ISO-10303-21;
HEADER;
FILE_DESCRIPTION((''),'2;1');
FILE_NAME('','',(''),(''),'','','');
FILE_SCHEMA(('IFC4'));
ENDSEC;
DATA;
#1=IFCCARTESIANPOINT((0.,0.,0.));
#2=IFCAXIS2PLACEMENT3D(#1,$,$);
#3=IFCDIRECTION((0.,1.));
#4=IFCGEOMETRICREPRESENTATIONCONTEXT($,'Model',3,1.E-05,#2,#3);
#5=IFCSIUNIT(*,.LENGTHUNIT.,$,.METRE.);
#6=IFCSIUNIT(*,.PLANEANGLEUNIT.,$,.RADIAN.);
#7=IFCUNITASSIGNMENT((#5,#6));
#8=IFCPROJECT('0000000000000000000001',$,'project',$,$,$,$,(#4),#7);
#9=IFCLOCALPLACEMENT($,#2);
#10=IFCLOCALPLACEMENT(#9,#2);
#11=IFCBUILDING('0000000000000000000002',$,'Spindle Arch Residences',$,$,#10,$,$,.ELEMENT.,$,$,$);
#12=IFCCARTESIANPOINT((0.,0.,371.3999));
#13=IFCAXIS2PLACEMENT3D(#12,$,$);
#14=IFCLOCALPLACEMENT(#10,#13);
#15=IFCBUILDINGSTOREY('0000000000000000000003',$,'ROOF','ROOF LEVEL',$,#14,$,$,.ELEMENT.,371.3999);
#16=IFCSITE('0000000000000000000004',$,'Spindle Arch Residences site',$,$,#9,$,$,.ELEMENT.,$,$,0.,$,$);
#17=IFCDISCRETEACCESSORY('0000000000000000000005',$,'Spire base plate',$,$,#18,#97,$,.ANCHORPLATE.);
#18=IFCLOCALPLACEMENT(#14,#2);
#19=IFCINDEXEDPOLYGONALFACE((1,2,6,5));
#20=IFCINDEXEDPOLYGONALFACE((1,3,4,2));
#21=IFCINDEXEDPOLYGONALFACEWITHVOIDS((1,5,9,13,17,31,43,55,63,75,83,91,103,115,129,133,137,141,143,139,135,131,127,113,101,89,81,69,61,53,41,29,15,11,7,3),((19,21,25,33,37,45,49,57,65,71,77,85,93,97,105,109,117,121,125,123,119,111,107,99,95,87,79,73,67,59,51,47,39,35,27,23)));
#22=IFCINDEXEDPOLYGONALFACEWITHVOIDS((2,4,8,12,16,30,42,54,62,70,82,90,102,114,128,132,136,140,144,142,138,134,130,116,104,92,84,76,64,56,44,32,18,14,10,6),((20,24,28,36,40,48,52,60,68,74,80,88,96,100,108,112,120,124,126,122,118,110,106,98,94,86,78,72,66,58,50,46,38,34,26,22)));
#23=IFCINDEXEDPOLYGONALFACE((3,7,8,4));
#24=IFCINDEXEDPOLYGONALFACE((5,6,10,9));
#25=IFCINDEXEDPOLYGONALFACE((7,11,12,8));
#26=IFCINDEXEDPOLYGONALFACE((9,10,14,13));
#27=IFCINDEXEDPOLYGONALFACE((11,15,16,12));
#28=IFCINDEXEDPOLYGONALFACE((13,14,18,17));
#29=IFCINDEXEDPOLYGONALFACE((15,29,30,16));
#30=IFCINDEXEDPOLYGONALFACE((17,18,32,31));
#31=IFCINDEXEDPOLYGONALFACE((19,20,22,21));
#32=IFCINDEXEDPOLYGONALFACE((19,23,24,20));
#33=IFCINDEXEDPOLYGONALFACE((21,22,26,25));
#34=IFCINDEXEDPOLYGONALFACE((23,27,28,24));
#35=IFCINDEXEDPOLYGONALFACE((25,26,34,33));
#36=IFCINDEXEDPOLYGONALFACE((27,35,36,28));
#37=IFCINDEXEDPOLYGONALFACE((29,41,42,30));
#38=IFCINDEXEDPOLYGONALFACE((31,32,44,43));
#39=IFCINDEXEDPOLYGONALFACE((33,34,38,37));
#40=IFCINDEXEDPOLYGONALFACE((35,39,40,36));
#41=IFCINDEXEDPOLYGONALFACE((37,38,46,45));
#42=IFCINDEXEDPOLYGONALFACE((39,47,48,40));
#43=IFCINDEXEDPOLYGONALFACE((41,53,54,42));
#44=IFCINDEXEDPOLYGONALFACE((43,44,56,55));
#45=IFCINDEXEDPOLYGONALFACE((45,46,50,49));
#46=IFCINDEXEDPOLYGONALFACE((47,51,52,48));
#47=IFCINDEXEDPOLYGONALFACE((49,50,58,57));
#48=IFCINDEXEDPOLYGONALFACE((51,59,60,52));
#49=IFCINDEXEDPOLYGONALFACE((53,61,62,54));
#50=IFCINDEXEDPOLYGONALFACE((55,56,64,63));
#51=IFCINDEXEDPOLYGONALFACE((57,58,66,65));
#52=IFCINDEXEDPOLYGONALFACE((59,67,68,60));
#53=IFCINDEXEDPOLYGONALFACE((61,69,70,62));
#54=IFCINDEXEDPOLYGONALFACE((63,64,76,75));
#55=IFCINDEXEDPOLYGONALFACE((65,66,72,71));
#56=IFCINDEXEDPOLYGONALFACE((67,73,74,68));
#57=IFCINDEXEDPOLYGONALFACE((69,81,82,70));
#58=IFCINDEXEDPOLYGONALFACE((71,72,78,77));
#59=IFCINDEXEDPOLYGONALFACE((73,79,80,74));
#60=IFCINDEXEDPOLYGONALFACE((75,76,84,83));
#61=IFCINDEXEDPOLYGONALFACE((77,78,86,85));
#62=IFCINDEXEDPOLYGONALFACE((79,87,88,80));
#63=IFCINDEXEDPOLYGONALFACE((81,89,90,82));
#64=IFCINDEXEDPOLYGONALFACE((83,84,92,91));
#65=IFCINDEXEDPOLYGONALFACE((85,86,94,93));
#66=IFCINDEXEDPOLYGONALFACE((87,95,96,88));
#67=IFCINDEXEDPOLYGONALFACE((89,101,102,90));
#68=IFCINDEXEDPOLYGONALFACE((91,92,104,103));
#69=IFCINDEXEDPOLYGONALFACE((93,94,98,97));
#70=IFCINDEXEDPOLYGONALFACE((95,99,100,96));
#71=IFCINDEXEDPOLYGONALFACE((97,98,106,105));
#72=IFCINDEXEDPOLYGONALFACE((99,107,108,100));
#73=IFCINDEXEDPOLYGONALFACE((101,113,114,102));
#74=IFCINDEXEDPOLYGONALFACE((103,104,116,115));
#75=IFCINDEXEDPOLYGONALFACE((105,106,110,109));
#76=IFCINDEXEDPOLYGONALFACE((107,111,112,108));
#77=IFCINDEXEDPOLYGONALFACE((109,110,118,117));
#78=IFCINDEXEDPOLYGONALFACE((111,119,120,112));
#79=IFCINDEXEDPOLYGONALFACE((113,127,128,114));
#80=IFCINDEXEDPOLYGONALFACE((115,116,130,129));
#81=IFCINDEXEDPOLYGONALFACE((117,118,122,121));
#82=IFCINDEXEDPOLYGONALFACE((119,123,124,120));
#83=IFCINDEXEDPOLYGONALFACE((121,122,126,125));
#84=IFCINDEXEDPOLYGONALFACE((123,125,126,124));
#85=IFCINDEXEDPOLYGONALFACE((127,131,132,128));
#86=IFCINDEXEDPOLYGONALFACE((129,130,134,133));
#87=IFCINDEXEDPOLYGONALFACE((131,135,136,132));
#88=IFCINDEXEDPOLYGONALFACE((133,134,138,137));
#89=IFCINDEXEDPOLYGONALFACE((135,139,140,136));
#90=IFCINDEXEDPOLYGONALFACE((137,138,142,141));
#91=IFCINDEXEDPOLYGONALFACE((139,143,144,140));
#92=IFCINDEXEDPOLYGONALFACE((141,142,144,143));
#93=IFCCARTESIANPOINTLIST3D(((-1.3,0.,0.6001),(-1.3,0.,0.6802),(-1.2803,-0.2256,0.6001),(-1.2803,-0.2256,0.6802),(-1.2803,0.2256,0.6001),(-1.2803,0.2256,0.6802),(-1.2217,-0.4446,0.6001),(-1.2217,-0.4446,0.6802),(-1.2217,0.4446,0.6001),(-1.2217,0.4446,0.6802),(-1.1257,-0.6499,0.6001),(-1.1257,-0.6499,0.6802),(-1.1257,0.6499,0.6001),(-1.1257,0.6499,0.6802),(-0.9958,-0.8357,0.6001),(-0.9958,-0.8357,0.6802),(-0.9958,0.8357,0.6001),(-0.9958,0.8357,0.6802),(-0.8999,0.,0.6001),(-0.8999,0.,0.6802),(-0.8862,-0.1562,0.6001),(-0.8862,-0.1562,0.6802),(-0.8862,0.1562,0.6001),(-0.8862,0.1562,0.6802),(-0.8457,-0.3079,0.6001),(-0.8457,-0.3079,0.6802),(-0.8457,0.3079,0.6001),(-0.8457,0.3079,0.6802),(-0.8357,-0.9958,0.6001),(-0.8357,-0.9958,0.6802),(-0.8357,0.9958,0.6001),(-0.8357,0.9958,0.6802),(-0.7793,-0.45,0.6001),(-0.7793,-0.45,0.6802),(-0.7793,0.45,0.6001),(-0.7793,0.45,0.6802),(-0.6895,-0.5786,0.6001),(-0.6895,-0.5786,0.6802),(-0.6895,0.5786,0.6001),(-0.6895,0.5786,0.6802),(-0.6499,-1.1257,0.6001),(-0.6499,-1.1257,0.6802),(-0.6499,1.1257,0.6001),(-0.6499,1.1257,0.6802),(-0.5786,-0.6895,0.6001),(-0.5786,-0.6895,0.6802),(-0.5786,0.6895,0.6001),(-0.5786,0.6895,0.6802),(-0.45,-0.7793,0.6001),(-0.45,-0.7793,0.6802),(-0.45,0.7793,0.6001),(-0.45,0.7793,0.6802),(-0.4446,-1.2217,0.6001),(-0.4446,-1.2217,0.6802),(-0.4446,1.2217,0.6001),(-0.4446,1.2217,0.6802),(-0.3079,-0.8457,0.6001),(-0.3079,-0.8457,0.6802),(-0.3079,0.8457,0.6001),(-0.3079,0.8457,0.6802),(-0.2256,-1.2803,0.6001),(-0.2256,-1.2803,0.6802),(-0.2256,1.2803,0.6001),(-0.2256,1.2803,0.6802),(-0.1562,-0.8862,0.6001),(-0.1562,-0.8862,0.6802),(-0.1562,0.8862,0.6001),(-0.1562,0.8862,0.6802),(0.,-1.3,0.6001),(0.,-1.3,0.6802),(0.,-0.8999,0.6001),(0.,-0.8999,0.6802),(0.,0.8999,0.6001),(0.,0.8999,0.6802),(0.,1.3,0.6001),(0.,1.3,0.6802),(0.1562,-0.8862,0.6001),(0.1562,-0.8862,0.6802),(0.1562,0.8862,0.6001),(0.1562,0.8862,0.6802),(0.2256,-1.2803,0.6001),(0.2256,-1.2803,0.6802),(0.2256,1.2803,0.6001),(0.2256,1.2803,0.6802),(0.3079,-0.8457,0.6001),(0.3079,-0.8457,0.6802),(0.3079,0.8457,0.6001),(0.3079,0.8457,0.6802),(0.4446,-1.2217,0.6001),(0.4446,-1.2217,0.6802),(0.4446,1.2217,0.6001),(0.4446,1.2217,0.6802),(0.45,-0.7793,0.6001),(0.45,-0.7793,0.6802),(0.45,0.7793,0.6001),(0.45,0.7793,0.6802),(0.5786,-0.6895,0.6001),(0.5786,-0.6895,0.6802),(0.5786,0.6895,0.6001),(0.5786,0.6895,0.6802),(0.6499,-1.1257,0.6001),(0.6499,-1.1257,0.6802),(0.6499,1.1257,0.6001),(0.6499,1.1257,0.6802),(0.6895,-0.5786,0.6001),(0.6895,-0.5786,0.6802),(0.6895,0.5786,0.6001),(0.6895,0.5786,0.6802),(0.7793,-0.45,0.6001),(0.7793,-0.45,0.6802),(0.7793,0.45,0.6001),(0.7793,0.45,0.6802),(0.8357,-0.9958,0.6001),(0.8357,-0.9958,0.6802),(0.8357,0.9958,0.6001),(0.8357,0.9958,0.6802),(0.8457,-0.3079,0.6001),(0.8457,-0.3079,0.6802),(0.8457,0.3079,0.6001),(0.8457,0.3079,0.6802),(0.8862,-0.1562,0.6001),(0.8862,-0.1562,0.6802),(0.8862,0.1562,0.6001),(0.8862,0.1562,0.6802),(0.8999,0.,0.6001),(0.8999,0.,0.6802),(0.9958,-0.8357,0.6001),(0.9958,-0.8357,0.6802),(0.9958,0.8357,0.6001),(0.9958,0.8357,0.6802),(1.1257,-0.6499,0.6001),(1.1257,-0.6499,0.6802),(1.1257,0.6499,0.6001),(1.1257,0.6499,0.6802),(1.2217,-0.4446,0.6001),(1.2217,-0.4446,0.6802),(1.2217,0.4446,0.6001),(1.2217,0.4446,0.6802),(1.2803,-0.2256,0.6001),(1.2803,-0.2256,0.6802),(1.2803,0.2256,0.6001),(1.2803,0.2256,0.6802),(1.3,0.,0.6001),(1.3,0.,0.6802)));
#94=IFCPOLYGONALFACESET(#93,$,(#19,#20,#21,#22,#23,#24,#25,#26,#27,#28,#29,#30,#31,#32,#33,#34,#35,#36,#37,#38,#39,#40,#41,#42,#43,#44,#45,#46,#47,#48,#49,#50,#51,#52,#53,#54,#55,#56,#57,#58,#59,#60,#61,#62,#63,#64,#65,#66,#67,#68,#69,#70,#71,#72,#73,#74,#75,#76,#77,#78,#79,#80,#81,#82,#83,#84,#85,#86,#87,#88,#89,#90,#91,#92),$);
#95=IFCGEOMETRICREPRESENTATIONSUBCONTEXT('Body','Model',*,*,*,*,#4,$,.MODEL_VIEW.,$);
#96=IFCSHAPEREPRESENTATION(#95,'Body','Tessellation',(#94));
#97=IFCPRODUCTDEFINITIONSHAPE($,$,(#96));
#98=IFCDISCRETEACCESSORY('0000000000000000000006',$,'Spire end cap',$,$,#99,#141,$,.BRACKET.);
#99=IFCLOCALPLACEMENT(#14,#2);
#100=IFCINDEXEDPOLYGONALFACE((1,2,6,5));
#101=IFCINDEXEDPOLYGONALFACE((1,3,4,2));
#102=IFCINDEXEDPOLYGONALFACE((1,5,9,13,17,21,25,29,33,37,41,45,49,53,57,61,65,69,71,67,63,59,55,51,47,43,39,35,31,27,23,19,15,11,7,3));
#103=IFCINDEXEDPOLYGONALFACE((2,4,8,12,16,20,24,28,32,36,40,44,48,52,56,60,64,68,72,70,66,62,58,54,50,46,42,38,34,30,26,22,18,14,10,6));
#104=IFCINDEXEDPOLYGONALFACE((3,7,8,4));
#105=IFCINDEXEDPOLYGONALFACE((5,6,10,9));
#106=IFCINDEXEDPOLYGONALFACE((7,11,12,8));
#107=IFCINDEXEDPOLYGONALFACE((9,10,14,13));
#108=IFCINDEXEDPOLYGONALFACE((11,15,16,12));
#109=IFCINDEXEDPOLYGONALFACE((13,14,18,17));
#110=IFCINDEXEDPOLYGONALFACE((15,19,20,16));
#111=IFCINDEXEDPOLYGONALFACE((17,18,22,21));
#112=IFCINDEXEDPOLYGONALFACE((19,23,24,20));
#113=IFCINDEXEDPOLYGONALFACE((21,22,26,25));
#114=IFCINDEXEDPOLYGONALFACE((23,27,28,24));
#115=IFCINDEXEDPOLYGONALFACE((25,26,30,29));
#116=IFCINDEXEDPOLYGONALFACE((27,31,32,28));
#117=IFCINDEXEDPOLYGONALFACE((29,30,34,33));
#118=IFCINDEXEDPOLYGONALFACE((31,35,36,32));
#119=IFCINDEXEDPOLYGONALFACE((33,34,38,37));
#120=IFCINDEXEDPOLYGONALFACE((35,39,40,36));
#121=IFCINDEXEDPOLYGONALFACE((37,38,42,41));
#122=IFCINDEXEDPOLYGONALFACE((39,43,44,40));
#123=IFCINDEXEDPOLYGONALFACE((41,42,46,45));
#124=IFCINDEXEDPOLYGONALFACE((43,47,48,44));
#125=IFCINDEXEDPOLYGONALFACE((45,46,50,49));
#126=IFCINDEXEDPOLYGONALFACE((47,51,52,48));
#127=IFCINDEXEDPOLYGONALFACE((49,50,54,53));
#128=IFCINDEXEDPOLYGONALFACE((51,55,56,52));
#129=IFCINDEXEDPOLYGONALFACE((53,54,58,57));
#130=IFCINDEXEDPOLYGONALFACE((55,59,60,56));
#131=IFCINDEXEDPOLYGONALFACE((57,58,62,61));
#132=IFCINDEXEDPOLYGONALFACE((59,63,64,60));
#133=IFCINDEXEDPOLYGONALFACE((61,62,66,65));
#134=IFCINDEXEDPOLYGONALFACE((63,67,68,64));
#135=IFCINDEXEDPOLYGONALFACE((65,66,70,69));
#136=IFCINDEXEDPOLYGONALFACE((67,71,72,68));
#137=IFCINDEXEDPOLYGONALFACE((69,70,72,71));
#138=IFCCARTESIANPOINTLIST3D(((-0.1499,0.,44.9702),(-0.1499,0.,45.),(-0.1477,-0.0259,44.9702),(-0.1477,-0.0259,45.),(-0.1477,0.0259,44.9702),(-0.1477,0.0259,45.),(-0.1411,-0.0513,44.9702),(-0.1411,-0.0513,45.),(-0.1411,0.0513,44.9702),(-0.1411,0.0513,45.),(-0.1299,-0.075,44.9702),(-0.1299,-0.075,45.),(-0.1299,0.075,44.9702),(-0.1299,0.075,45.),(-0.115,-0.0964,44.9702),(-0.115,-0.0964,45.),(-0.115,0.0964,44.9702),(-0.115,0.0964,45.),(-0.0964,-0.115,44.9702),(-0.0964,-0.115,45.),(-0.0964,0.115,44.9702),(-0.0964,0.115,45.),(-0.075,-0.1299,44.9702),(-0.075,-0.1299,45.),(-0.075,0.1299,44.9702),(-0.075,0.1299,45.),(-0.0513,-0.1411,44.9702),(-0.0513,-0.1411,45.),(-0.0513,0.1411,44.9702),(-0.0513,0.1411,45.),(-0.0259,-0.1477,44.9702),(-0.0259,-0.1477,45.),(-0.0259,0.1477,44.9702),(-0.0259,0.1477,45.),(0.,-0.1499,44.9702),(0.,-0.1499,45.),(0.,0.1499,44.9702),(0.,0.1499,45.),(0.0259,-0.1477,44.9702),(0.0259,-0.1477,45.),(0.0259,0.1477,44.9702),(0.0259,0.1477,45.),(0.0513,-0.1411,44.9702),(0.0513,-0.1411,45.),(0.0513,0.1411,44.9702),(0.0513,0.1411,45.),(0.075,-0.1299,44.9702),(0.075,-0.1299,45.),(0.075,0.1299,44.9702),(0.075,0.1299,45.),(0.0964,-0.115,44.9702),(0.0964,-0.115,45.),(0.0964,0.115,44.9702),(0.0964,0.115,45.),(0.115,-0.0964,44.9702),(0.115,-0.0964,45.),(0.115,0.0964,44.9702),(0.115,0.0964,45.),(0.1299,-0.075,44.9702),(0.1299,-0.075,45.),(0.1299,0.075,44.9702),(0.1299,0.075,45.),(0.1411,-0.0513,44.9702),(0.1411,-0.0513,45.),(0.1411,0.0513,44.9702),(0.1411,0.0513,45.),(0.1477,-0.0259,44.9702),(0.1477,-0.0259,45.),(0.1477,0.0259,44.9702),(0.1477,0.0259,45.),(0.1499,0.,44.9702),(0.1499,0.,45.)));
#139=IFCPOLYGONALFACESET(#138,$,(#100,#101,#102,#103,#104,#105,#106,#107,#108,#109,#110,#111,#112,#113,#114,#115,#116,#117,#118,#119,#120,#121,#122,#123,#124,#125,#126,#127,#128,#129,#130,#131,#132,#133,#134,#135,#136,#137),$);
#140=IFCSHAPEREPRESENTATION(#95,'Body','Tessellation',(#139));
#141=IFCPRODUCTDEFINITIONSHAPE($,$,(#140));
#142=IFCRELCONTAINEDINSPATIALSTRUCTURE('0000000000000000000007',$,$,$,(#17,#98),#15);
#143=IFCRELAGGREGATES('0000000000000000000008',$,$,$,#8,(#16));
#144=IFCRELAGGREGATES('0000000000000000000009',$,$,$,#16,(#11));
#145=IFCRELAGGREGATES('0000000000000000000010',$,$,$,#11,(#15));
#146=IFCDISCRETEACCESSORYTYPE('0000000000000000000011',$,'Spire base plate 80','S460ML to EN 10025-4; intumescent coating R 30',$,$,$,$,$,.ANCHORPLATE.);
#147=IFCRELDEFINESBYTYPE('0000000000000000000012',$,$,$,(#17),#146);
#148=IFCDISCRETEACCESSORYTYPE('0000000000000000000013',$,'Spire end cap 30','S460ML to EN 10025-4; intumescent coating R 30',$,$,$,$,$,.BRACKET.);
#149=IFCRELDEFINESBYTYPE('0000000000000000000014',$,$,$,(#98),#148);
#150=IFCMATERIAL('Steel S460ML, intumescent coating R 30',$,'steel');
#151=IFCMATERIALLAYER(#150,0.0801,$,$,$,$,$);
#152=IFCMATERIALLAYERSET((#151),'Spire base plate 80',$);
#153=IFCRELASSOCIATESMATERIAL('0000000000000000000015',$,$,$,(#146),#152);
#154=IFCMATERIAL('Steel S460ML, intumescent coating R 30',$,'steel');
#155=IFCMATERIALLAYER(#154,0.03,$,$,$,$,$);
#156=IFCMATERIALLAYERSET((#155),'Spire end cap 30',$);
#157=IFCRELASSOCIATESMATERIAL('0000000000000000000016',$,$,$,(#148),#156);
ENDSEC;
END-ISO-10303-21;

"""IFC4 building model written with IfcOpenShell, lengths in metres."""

from ifc_helpers import new_model, si_unit, direction, frame, origin, place, context, subcontext, project, spatial, polyline, outline, extrude, material, layer, layer_set, type_object, element, save


model = new_model("IFC4")

# Units and contexts
model_context = context("Model", 3, precision=1e-05, world=origin(), true_north=direction((0.0, 1.0)))
body_context = subcontext(model_context, "Body", "Model", "MODEL_VIEW")
ifc_project = project(units=[si_unit("LENGTHUNIT", "METRE"), si_unit("PLANEANGLEUNIT", "RADIAN")], contexts=[model_context])

# Site, building, storey
site_placement = place(None, origin())
site = spatial("IfcSite", under=ifc_project, at=site_placement, Name="Spindle Arch Residences site", CompositionType="ELEMENT", RefElevation=0.0)
building_placement = place(site_placement, origin())
building = spatial("IfcBuilding", under=site, at=building_placement, Name="Spindle Arch Residences", CompositionType="ELEMENT")
storey_placement = place(building_placement, frame((0.0, 0.0, 371.3999)))
storey = spatial("IfcBuildingStorey", under=building, at=storey_placement, Name="ROOF", Description="ROOF LEVEL", CompositionType="ELEMENT", Elevation=371.3999)

# Discrete accessories
ifc_material_1 = material(Name="Steel S460ML, intumescent coating R 30", Category="steel")
ifc_layer_1 = layer(ifc_material_1, 0.0801)
ifc_layer_set_1 = layer_set([ifc_layer_1], Name="Spire base plate 80")
discrete_accessory_type_1 = type_object("IfcDiscreteAccessoryType", Name="Spire base plate 80", Description="S460ML to EN 10025-4; intumescent coating R 30", PredefinedType="ANCHORPLATE", material=ifc_layer_set_1)
discrete_accessory_1_placement = place(storey_placement, frame((0.0, 0.0, 0.6001)))
element("IfcDiscreteAccessory", 1, at=discrete_accessory_1_placement, inside=storey, type_object=discrete_accessory_type_1, Name="Spire base plate", PredefinedType="ANCHORPLATE", context=body_context, shape_type="SweptSolid", body=[
    extrude(outline(polyline([(1.2803, -0.2256), (1.2217, -0.4446), (1.1257, -0.6499), (0.9958, -0.8357), (0.8357, -0.9958), (0.6499, -1.1257), (0.4446, -1.2217), (0.2256, -1.2803), (0.0, -1.3), (-0.2256, -1.2803), (-0.4446, -1.2217), (-0.6499, -1.1257), (-0.8357, -0.9958), (-0.9958, -0.8357), (-1.1257, -0.6499), (-1.2217, -0.4446), (-1.2803, -0.2256), (-1.3, 0.0), (-1.2803, 0.2256), (-1.2217, 0.4446), (-1.1257, 0.6499), (-0.9958, 0.8357), (-0.8357, 0.9958), (-0.6499, 1.1257), (-0.4446, 1.2217), (-0.2256, 1.2803), (0.0, 1.3), (0.2256, 1.2803), (0.4446, 1.2217), (0.6499, 1.1257), (0.8357, 0.9958), (0.9958, 0.8357), (1.1257, 0.6499), (1.2217, 0.4446), (1.2803, 0.2256), (1.3, 0.0), (1.2803, -0.2256)]), holes=[polyline([(0.8862, 0.1562), (0.8457, 0.3079), (0.7793, 0.45), (0.6895, 0.5786), (0.5786, 0.6895), (0.45, 0.7793), (0.3079, 0.8457), (0.1562, 0.8862), (0.0, 0.8999), (-0.1562, 0.8862), (-0.3079, 0.8457), (-0.45, 0.7793), (-0.5786, 0.6895), (-0.6895, 0.5786), (-0.7793, 0.45), (-0.8457, 0.3079), (-0.8862, 0.1562), (-0.8999, 0.0), (-0.8862, -0.1562), (-0.8457, -0.3079), (-0.7793, -0.45), (-0.6895, -0.5786), (-0.5786, -0.6895), (-0.45, -0.7793), (-0.3079, -0.8457), (-0.1562, -0.8862), (0.0, -0.8999), (0.1562, -0.8862), (0.3079, -0.8457), (0.45, -0.7793), (0.5786, -0.6895), (0.6895, -0.5786), (0.7793, -0.45), (0.8457, -0.3079), (0.8862, -0.1562), (0.8999, 0.0), (0.8862, 0.1562)])]), origin(), (0.0, 0.0, 1.0), 0.0801),
])
ifc_material_2 = material(Name="Steel S460ML, intumescent coating R 30", Category="steel")
ifc_layer_2 = layer(ifc_material_2, 0.03)
ifc_layer_set_2 = layer_set([ifc_layer_2], Name="Spire end cap 30")
discrete_accessory_type_2 = type_object("IfcDiscreteAccessoryType", Name="Spire end cap 30", Description="S460ML to EN 10025-4; intumescent coating R 30", PredefinedType="BRACKET", material=ifc_layer_set_2)
discrete_accessory_2_placement = place(storey_placement, frame((0.0, 0.0, 44.9702)))
element("IfcDiscreteAccessory", 2, at=discrete_accessory_2_placement, inside=storey, type_object=discrete_accessory_type_2, Name="Spire end cap", PredefinedType="BRACKET", context=body_context, shape_type="SweptSolid", body=[
    extrude(outline(polyline([(0.1499, 0.0), (0.1477, 0.0259), (0.1411, 0.0513), (0.1299, 0.075), (0.115, 0.0964), (0.0964, 0.115), (0.075, 0.1299), (0.0513, 0.1411), (0.0259, 0.1477), (0.0, 0.1499), (-0.0259, 0.1477), (-0.0513, 0.1411), (-0.075, 0.1299), (-0.0964, 0.115), (-0.115, 0.0964), (-0.1299, 0.075), (-0.1411, 0.0513), (-0.1477, 0.0259), (-0.1499, 0.0), (-0.1477, -0.0259), (-0.1411, -0.0513), (-0.1299, -0.075), (-0.115, -0.0964), (-0.0964, -0.115), (-0.075, -0.1299), (-0.0513, -0.1411), (-0.0259, -0.1477), (0.0, -0.1499), (0.0259, -0.1477), (0.0513, -0.1411), (0.075, -0.1299), (0.0964, -0.115), (0.115, -0.0964), (0.1299, -0.075), (0.1411, -0.0513), (0.1477, -0.0259), (0.1499, 0.0)])), origin(), (0.0, 0.0, 1.0), 0.0298),
])

save(model, "model.ifc")
